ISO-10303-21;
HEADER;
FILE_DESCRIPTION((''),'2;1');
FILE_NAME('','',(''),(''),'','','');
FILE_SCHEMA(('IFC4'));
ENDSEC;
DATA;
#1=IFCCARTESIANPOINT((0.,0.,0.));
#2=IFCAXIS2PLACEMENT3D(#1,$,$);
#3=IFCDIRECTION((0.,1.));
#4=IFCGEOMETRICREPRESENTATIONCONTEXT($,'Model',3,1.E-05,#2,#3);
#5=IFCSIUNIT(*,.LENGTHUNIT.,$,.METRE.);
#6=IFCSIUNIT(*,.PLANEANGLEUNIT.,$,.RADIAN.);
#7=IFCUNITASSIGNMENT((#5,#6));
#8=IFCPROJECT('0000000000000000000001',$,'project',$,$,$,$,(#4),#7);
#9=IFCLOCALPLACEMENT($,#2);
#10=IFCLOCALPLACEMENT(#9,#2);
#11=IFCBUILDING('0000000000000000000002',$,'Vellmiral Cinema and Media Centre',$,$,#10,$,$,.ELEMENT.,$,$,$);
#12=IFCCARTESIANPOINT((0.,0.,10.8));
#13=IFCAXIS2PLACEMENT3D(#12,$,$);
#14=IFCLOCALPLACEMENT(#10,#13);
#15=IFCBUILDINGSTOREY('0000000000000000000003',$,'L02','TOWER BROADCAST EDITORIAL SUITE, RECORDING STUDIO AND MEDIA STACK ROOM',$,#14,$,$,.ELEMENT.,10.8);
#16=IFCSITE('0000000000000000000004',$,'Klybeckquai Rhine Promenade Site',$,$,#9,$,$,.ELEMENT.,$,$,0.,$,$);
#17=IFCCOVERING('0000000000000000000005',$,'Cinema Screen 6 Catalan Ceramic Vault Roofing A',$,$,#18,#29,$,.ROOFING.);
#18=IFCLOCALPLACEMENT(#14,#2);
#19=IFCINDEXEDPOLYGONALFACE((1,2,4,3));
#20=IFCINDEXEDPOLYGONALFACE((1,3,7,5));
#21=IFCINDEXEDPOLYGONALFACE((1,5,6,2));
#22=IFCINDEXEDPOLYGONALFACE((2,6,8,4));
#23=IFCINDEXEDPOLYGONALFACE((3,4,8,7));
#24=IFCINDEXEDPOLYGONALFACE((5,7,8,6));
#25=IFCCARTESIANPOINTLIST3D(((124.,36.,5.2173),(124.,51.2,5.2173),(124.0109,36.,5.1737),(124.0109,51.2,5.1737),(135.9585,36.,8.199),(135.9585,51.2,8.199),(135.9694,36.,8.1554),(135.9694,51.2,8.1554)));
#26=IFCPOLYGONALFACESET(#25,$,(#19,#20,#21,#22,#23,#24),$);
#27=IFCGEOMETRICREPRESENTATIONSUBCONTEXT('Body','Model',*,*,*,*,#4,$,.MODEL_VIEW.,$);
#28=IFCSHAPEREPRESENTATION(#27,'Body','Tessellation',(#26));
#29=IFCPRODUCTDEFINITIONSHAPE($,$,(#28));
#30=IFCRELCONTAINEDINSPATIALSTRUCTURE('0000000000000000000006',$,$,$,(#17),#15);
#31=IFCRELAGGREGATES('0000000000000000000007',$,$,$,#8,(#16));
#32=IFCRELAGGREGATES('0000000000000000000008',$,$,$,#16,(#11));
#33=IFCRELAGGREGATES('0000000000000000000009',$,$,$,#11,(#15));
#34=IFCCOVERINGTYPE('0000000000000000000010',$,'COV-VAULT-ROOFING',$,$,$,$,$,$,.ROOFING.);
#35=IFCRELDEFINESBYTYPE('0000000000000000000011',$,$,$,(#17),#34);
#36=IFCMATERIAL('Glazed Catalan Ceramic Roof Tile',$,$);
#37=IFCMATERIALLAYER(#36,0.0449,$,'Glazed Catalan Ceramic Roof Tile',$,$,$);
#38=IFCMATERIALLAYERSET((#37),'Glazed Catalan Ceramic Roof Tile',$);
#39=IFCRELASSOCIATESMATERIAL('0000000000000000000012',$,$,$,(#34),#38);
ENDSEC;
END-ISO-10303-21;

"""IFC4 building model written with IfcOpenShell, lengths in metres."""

from ifc_helpers import new_model, si_unit, direction, frame, origin, place, context, subcontext, project, spatial, polyline, outline, extrude, material, layer, layer_set, type_object, element, save


model = new_model("IFC4")

# Units and contexts
model_context = context("Model", 3, precision=1e-05, world=origin(), true_north=direction((0.0, 1.0)))
body_context = subcontext(model_context, "Body", "Model", "MODEL_VIEW")
ifc_project = project(units=[si_unit("LENGTHUNIT", "METRE"), si_unit("PLANEANGLEUNIT", "RADIAN")], contexts=[model_context])

# Site, building, storey
site_placement = place(None, origin())
site = spatial("IfcSite", under=ifc_project, at=site_placement, Name="Klybeckquai Rhine Promenade Site", CompositionType="ELEMENT", RefElevation=0.0)
building_placement = place(site_placement, origin())
building = spatial("IfcBuilding", under=site, at=building_placement, Name="Vellmiral Cinema and Media Centre", CompositionType="ELEMENT")
storey_placement = place(building_placement, frame((0.0, 0.0, 10.8)))
storey = spatial("IfcBuildingStorey", under=building, at=storey_placement, Name="L02", Description="TOWER BROADCAST EDITORIAL SUITE, RECORDING STUDIO AND MEDIA STACK ROOM", CompositionType="ELEMENT", Elevation=10.8)

# Covering
ifc_material_1 = material(Name="Glazed Catalan Ceramic Roof Tile")
ifc_layer_1 = layer(ifc_material_1, 0.0449, Name="Glazed Catalan Ceramic Roof Tile")
ifc_layer_set_1 = layer_set([ifc_layer_1], Name="Glazed Catalan Ceramic Roof Tile")
covering_type = type_object("IfcCoveringType", Name="COV-VAULT-ROOFING", PredefinedType="ROOFING", material=ifc_layer_set_1)
covering_placement = place(storey_placement, frame((124.0, 36.0, 5.2173), z_axis=(-0.24193, 0.0, 0.970294), x_axis=(0.970294, 0.0, 0.24193)))
element("IfcCovering", 1, at=covering_placement, inside=storey, type_object=covering_type, Name="Cinema Screen 6 Catalan Ceramic Vault Roofing A", PredefinedType="ROOFING", context=body_context, shape_type="SweptSolid", body=[
    extrude(outline(polyline([(0.0, 0.0), (12.3246, 0.0), (12.3246, 15.2), (0.0, 15.2), (0.0, 0.0)])), origin(), (0.0, 0.0, -1.0), 0.0449),
])

save(model, "model.ifc")
